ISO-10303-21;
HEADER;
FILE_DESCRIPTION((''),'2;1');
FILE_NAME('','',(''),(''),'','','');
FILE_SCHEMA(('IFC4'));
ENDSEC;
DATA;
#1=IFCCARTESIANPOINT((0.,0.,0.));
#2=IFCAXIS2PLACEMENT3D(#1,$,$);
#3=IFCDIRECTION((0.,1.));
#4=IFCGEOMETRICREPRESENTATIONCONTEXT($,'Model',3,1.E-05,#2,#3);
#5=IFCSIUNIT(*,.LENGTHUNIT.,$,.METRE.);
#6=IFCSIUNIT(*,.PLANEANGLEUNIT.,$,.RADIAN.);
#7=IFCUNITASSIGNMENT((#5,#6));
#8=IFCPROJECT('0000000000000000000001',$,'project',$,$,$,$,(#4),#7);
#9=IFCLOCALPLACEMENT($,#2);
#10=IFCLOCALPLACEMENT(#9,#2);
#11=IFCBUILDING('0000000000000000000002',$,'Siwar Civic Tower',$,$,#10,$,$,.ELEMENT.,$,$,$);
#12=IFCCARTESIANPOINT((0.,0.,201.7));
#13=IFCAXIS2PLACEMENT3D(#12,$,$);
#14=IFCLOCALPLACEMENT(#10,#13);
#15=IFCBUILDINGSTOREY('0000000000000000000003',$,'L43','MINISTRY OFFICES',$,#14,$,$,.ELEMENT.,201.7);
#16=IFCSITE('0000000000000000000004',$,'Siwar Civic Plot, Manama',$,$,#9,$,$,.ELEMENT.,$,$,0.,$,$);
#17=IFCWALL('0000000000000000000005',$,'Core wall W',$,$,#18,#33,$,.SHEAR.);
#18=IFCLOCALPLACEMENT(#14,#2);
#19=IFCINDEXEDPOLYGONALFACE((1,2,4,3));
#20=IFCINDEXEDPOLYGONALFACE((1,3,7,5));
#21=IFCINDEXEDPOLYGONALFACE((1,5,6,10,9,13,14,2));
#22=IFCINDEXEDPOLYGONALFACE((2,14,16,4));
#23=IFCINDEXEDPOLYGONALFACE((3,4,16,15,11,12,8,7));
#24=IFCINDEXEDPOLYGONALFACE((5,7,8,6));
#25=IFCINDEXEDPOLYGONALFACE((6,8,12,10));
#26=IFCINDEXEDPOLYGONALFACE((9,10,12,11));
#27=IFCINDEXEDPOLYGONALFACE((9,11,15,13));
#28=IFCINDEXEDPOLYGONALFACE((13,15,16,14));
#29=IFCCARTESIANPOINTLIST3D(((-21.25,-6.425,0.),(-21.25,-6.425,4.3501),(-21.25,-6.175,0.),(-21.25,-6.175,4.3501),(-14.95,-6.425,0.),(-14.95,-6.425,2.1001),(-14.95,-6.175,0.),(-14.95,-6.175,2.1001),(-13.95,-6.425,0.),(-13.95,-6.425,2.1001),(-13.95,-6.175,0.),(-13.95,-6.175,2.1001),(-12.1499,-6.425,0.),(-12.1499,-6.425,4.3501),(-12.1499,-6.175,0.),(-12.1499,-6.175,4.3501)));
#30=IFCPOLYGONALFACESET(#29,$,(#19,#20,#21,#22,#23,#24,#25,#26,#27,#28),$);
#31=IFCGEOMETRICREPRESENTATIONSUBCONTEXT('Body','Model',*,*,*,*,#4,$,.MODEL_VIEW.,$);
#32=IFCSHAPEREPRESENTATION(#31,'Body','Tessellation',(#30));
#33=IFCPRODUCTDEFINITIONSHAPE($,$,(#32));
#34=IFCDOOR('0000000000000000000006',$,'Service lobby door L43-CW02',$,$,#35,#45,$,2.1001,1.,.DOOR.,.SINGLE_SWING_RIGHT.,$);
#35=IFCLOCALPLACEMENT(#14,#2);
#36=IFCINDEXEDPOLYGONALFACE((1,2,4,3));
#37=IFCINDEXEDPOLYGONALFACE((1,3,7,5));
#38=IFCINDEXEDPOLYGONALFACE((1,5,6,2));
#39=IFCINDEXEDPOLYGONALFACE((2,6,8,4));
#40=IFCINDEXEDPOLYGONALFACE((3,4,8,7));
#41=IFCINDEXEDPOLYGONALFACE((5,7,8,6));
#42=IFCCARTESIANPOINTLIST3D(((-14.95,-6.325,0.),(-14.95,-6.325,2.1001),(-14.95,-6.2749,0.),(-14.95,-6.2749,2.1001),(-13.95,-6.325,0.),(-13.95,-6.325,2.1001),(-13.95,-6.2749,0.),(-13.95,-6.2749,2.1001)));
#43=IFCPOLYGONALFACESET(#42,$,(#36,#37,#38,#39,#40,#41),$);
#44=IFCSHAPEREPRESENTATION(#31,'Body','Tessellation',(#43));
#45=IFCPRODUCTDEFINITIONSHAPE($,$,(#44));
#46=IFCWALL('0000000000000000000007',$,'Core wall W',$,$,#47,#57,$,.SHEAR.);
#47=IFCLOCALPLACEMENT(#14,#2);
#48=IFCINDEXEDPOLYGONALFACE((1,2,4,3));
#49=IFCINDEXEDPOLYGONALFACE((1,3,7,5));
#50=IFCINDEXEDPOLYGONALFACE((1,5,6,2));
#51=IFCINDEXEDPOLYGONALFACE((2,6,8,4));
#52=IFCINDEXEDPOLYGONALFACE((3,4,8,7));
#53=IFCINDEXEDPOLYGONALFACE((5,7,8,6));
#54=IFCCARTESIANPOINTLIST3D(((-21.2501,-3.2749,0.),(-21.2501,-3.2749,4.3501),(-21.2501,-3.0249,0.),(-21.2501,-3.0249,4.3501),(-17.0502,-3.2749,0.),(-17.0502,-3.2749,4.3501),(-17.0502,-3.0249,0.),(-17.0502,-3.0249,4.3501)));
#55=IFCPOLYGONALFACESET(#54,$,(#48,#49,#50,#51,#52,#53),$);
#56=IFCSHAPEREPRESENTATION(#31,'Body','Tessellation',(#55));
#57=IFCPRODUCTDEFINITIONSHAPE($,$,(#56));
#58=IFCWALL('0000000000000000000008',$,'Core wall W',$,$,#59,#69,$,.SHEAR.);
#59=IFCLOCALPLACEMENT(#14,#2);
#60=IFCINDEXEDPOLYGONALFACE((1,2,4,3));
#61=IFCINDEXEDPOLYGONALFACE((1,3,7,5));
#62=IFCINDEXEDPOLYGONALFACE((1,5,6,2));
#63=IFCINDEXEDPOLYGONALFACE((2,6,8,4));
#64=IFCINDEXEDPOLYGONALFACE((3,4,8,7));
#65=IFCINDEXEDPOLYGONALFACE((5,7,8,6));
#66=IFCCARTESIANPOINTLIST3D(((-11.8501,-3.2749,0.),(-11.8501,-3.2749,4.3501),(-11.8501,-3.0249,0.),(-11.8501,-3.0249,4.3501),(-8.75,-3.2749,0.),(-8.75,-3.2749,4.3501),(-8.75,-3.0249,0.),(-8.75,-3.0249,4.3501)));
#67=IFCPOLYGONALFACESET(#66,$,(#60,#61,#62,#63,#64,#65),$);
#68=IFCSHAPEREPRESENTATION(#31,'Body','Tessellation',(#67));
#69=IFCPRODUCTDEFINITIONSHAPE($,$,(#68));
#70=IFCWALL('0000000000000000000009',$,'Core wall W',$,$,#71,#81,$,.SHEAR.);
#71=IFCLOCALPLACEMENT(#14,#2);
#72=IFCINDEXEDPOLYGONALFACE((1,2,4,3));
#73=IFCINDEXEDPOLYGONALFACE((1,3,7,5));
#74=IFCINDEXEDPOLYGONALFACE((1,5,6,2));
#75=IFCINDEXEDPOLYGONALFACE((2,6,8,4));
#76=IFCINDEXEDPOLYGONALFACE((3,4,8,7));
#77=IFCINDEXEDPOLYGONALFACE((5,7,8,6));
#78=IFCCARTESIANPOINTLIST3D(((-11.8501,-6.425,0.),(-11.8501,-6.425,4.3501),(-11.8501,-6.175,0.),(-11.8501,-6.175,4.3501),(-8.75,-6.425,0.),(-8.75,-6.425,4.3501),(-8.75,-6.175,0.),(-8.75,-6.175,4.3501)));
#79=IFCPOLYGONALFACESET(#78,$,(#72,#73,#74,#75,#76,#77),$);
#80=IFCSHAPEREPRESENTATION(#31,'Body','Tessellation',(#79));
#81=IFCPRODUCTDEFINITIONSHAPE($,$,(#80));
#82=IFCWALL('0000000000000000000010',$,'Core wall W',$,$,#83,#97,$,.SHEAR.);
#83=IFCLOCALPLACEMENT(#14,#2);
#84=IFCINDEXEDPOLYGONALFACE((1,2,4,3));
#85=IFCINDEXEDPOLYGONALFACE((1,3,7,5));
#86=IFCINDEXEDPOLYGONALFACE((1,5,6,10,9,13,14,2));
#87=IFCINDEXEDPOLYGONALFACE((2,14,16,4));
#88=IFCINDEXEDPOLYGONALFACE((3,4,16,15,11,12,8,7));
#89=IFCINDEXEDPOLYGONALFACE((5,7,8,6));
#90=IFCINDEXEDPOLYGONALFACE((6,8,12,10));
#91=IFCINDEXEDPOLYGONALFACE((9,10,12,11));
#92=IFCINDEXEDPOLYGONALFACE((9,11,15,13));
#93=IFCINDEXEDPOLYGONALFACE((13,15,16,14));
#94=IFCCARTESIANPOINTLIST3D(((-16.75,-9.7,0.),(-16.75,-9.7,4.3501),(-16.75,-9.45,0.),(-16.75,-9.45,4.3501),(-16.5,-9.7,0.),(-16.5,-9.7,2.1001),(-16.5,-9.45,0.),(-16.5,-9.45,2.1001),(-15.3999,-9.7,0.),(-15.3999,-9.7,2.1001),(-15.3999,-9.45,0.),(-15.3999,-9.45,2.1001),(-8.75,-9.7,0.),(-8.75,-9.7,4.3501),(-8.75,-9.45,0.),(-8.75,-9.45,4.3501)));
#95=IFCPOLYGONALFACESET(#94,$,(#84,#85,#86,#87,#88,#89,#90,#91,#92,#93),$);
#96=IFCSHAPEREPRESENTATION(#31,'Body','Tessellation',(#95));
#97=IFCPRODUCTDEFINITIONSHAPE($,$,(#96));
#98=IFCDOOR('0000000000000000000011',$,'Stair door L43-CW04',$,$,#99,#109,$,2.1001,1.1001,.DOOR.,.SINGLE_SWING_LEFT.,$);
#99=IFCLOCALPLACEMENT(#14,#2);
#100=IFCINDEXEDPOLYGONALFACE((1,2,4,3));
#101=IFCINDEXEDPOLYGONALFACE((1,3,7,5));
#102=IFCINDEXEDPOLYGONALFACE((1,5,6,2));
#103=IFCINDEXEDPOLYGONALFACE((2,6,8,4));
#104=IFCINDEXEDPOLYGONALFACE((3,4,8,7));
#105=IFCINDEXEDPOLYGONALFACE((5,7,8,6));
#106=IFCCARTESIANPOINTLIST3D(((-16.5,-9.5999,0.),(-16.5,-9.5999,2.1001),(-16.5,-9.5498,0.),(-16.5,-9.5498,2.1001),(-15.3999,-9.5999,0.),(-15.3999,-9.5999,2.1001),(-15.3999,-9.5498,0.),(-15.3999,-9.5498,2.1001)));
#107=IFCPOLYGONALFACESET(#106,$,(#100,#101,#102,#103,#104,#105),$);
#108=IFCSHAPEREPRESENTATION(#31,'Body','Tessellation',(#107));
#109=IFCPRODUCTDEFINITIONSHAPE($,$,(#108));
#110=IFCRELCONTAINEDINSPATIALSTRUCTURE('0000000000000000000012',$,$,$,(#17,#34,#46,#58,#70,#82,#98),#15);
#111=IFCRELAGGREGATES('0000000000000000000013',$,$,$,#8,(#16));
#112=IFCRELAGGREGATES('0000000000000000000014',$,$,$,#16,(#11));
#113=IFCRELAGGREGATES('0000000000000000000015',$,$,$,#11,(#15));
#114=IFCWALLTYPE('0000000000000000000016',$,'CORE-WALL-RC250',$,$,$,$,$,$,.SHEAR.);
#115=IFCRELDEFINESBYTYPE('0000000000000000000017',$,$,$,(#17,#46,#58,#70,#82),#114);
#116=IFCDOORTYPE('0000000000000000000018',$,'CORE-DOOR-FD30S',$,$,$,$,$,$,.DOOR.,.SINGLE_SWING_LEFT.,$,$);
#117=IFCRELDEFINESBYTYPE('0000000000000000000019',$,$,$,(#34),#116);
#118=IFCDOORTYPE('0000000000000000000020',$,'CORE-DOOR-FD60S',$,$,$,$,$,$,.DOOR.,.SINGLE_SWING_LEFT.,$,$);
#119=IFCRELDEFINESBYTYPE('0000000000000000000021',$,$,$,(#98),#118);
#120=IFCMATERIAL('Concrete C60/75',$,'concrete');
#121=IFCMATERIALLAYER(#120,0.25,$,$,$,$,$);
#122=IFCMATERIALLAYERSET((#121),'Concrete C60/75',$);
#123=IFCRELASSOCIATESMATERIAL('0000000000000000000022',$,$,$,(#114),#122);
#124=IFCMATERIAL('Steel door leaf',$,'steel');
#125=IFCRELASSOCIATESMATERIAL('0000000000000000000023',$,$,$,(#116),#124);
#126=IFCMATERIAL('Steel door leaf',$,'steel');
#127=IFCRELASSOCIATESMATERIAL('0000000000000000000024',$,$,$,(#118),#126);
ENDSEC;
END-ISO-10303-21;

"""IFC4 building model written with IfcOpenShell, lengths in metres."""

from ifc_helpers import new_model, si_unit, direction, frame, frame_2d, origin, place, context, subcontext, project, spatial, rectangle, extrude, material, layer, layer_set, type_object, element, fill, save


model = new_model("IFC4")

# Units and contexts
model_context = context("Model", 3, precision=1e-05, world=origin(), true_north=direction((0.0, 1.0)))
body_context = subcontext(model_context, "Body", "Model", "MODEL_VIEW")
ifc_project = project(units=[si_unit("LENGTHUNIT", "METRE"), si_unit("PLANEANGLEUNIT", "RADIAN")], contexts=[model_context])

# Site, building, storey
site_placement = place(None, origin())
site = spatial("IfcSite", under=ifc_project, at=site_placement, Name="Siwar Civic Plot, Manama", CompositionType="ELEMENT", RefElevation=0.0)
building_placement = place(site_placement, origin())
building = spatial("IfcBuilding", under=site, at=building_placement, Name="Siwar Civic Tower", CompositionType="ELEMENT")
storey_placement = place(building_placement, frame((0.0, 0.0, 201.7)))
storey = spatial("IfcBuildingStorey", under=building, at=storey_placement, Name="L43", Description="MINISTRY OFFICES", CompositionType="ELEMENT", Elevation=201.7)

# Wall, opening, door
ifc_material_1 = material(Name="Concrete C60/75", Category="concrete")
ifc_layer_1 = layer(ifc_material_1, 0.25)
ifc_layer_set_1 = layer_set([ifc_layer_1], Name="Concrete C60/75")
wall_type_1 = type_object("IfcWallType", Name="CORE-WALL-RC250", PredefinedType="SHEAR", material=ifc_layer_set_1)
wall_1_placement = place(storey_placement, frame((-12.1499, -6.3, 0.0), z_axis=(0.0, 0.0, 1.0), x_axis=(-1.0, 0.0, 0.0)))
wall_1 = element("IfcWall", 1, at=wall_1_placement, inside=storey, type_object=wall_type_1, Name="Core wall W", PredefinedType="SHEAR", context=body_context, shape_type="SweptSolid", body=[
    extrude(rectangle(XDim=9.1001, YDim=0.25, at=frame_2d((4.55, 0.0))), origin(), (0.0, 0.0, 1.0), 4.3501),
])
opening_1_placement = place(wall_1_placement, frame((1.8, 0.0, 0.0)))
opening_1 = element("IfcOpeningElement", 2, at=opening_1_placement, cuts=wall_1, PredefinedType="OPENING", context=body_context, shape_type="SweptSolid", body=[
    extrude(rectangle(XDim=1.0, YDim=2.1001, at=frame_2d((0.5, 1.05))), frame((0.0, 0.135, 0.0), z_axis=(0.0, -1.0, 0.0), x_axis=(1.0, 0.0, 0.0)), (0.0, 0.0, 1.0), 0.27),
])
ifc_material_2 = material(Name="Steel door leaf", Category="steel")
door_type_1 = type_object("IfcDoorType", Name="CORE-DOOR-FD30S", OperationType="SINGLE_SWING_LEFT", PredefinedType="DOOR", material=ifc_material_2)
door_1_placement = place(opening_1_placement, origin())
door_1 = element("IfcDoor", 3, at=door_1_placement, inside=storey, type_object=door_type_1, Name="Service lobby door L43-CW02", OperationType="SINGLE_SWING_RIGHT", OverallHeight=2.1001, OverallWidth=1.0, PredefinedType="DOOR", context=body_context, shape_type="SweptSolid", body=[
    extrude(rectangle(XDim=1.0, YDim=2.1001, at=frame_2d((0.5, 1.05))), frame((0.0, 0.0249, 0.0), z_axis=(0.0, -1.0, 0.0), x_axis=(1.0, 0.0, 0.0)), (0.0, 0.0, 1.0), 0.05),
])
fill(opening_1, door_1)

# Walls
wall_2_placement = place(storey_placement, frame((-17.05, -3.1499, 0.0), z_axis=(0.0, 0.0, 1.0), x_axis=(-1.0, 0.0, 0.0)))
element("IfcWall", 4, at=wall_2_placement, inside=storey, type_object=wall_type_1, Name="Core wall W", PredefinedType="SHEAR", context=body_context, shape_type="SweptSolid", body=[
    extrude(rectangle(XDim=4.2, YDim=0.25, at=frame_2d((2.1001, 0.0))), origin(), (0.0, 0.0, 1.0), 4.3501),
])
for number, where, z_axis, x_axis, name in (
    (5, (-8.75, -3.1499, 0.0), (0.0, 0.0, 1.0), (-1.0, 0.0, 0.0), "Core wall W"),
    (6, (-8.75, -6.3, 0.0), (0.0, 0.0, 1.0), (-1.0, 0.0, 0.0), "Core wall W"),
):
    element("IfcWall", number, at=place(storey_placement, frame(where, z_axis=z_axis, x_axis=x_axis)), inside=storey, type_object=wall_type_1, Name=name, PredefinedType="SHEAR", context=body_context, shape_type="SweptSolid", body=[
        extrude(rectangle(XDim=3.1001, YDim=0.25, at=frame_2d((1.55, 0.0))), origin(), (0.0, 0.0, 1.0), 4.3501),
    ])

# Wall, opening, door
wall_3_placement = place(storey_placement, frame((-8.75, -9.575, 0.0), z_axis=(0.0, 0.0, 1.0), x_axis=(-1.0, 0.0, 0.0)))
wall_3 = element("IfcWall", 7, at=wall_3_placement, inside=storey, type_object=wall_type_1, Name="Core wall W", PredefinedType="SHEAR", context=body_context, shape_type="SweptSolid", body=[
    extrude(rectangle(XDim=8.0, YDim=0.25, at=frame_2d((4.0, 0.0))), origin(), (0.0, 0.0, 1.0), 4.3501),
])
opening_2_placement = place(wall_3_placement, frame((6.6499, 0.0, 0.0)))
opening_2 = element("IfcOpeningElement", 8, at=opening_2_placement, cuts=wall_3, PredefinedType="OPENING", context=body_context, shape_type="SweptSolid", body=[
    extrude(rectangle(XDim=1.1001, YDim=2.1001, at=frame_2d((0.55, 1.05))), frame((0.0, 0.135, 0.0), z_axis=(0.0, -1.0, 0.0), x_axis=(1.0, 0.0, 0.0)), (0.0, 0.0, 1.0), 0.27),
])
ifc_material_3 = material(Name="Steel door leaf", Category="steel")
door_type_2 = type_object("IfcDoorType", Name="CORE-DOOR-FD60S", OperationType="SINGLE_SWING_LEFT", PredefinedType="DOOR", material=ifc_material_3)
door_2_placement = place(opening_2_placement, origin())
door_2 = element("IfcDoor", 9, at=door_2_placement, inside=storey, type_object=door_type_2, Name="Stair door L43-CW04", OperationType="SINGLE_SWING_LEFT", OverallHeight=2.1001, OverallWidth=1.1001, PredefinedType="DOOR", context=body_context, shape_type="SweptSolid", body=[
    extrude(rectangle(XDim=1.1001, YDim=2.1001, at=frame_2d((0.55, 1.05))), frame((0.0, 0.0249, 0.0), z_axis=(0.0, -1.0, 0.0), x_axis=(1.0, 0.0, 0.0)), (0.0, 0.0, 1.0), 0.05),
])
fill(opening_2, door_2)

save(model, "model.ifc")
